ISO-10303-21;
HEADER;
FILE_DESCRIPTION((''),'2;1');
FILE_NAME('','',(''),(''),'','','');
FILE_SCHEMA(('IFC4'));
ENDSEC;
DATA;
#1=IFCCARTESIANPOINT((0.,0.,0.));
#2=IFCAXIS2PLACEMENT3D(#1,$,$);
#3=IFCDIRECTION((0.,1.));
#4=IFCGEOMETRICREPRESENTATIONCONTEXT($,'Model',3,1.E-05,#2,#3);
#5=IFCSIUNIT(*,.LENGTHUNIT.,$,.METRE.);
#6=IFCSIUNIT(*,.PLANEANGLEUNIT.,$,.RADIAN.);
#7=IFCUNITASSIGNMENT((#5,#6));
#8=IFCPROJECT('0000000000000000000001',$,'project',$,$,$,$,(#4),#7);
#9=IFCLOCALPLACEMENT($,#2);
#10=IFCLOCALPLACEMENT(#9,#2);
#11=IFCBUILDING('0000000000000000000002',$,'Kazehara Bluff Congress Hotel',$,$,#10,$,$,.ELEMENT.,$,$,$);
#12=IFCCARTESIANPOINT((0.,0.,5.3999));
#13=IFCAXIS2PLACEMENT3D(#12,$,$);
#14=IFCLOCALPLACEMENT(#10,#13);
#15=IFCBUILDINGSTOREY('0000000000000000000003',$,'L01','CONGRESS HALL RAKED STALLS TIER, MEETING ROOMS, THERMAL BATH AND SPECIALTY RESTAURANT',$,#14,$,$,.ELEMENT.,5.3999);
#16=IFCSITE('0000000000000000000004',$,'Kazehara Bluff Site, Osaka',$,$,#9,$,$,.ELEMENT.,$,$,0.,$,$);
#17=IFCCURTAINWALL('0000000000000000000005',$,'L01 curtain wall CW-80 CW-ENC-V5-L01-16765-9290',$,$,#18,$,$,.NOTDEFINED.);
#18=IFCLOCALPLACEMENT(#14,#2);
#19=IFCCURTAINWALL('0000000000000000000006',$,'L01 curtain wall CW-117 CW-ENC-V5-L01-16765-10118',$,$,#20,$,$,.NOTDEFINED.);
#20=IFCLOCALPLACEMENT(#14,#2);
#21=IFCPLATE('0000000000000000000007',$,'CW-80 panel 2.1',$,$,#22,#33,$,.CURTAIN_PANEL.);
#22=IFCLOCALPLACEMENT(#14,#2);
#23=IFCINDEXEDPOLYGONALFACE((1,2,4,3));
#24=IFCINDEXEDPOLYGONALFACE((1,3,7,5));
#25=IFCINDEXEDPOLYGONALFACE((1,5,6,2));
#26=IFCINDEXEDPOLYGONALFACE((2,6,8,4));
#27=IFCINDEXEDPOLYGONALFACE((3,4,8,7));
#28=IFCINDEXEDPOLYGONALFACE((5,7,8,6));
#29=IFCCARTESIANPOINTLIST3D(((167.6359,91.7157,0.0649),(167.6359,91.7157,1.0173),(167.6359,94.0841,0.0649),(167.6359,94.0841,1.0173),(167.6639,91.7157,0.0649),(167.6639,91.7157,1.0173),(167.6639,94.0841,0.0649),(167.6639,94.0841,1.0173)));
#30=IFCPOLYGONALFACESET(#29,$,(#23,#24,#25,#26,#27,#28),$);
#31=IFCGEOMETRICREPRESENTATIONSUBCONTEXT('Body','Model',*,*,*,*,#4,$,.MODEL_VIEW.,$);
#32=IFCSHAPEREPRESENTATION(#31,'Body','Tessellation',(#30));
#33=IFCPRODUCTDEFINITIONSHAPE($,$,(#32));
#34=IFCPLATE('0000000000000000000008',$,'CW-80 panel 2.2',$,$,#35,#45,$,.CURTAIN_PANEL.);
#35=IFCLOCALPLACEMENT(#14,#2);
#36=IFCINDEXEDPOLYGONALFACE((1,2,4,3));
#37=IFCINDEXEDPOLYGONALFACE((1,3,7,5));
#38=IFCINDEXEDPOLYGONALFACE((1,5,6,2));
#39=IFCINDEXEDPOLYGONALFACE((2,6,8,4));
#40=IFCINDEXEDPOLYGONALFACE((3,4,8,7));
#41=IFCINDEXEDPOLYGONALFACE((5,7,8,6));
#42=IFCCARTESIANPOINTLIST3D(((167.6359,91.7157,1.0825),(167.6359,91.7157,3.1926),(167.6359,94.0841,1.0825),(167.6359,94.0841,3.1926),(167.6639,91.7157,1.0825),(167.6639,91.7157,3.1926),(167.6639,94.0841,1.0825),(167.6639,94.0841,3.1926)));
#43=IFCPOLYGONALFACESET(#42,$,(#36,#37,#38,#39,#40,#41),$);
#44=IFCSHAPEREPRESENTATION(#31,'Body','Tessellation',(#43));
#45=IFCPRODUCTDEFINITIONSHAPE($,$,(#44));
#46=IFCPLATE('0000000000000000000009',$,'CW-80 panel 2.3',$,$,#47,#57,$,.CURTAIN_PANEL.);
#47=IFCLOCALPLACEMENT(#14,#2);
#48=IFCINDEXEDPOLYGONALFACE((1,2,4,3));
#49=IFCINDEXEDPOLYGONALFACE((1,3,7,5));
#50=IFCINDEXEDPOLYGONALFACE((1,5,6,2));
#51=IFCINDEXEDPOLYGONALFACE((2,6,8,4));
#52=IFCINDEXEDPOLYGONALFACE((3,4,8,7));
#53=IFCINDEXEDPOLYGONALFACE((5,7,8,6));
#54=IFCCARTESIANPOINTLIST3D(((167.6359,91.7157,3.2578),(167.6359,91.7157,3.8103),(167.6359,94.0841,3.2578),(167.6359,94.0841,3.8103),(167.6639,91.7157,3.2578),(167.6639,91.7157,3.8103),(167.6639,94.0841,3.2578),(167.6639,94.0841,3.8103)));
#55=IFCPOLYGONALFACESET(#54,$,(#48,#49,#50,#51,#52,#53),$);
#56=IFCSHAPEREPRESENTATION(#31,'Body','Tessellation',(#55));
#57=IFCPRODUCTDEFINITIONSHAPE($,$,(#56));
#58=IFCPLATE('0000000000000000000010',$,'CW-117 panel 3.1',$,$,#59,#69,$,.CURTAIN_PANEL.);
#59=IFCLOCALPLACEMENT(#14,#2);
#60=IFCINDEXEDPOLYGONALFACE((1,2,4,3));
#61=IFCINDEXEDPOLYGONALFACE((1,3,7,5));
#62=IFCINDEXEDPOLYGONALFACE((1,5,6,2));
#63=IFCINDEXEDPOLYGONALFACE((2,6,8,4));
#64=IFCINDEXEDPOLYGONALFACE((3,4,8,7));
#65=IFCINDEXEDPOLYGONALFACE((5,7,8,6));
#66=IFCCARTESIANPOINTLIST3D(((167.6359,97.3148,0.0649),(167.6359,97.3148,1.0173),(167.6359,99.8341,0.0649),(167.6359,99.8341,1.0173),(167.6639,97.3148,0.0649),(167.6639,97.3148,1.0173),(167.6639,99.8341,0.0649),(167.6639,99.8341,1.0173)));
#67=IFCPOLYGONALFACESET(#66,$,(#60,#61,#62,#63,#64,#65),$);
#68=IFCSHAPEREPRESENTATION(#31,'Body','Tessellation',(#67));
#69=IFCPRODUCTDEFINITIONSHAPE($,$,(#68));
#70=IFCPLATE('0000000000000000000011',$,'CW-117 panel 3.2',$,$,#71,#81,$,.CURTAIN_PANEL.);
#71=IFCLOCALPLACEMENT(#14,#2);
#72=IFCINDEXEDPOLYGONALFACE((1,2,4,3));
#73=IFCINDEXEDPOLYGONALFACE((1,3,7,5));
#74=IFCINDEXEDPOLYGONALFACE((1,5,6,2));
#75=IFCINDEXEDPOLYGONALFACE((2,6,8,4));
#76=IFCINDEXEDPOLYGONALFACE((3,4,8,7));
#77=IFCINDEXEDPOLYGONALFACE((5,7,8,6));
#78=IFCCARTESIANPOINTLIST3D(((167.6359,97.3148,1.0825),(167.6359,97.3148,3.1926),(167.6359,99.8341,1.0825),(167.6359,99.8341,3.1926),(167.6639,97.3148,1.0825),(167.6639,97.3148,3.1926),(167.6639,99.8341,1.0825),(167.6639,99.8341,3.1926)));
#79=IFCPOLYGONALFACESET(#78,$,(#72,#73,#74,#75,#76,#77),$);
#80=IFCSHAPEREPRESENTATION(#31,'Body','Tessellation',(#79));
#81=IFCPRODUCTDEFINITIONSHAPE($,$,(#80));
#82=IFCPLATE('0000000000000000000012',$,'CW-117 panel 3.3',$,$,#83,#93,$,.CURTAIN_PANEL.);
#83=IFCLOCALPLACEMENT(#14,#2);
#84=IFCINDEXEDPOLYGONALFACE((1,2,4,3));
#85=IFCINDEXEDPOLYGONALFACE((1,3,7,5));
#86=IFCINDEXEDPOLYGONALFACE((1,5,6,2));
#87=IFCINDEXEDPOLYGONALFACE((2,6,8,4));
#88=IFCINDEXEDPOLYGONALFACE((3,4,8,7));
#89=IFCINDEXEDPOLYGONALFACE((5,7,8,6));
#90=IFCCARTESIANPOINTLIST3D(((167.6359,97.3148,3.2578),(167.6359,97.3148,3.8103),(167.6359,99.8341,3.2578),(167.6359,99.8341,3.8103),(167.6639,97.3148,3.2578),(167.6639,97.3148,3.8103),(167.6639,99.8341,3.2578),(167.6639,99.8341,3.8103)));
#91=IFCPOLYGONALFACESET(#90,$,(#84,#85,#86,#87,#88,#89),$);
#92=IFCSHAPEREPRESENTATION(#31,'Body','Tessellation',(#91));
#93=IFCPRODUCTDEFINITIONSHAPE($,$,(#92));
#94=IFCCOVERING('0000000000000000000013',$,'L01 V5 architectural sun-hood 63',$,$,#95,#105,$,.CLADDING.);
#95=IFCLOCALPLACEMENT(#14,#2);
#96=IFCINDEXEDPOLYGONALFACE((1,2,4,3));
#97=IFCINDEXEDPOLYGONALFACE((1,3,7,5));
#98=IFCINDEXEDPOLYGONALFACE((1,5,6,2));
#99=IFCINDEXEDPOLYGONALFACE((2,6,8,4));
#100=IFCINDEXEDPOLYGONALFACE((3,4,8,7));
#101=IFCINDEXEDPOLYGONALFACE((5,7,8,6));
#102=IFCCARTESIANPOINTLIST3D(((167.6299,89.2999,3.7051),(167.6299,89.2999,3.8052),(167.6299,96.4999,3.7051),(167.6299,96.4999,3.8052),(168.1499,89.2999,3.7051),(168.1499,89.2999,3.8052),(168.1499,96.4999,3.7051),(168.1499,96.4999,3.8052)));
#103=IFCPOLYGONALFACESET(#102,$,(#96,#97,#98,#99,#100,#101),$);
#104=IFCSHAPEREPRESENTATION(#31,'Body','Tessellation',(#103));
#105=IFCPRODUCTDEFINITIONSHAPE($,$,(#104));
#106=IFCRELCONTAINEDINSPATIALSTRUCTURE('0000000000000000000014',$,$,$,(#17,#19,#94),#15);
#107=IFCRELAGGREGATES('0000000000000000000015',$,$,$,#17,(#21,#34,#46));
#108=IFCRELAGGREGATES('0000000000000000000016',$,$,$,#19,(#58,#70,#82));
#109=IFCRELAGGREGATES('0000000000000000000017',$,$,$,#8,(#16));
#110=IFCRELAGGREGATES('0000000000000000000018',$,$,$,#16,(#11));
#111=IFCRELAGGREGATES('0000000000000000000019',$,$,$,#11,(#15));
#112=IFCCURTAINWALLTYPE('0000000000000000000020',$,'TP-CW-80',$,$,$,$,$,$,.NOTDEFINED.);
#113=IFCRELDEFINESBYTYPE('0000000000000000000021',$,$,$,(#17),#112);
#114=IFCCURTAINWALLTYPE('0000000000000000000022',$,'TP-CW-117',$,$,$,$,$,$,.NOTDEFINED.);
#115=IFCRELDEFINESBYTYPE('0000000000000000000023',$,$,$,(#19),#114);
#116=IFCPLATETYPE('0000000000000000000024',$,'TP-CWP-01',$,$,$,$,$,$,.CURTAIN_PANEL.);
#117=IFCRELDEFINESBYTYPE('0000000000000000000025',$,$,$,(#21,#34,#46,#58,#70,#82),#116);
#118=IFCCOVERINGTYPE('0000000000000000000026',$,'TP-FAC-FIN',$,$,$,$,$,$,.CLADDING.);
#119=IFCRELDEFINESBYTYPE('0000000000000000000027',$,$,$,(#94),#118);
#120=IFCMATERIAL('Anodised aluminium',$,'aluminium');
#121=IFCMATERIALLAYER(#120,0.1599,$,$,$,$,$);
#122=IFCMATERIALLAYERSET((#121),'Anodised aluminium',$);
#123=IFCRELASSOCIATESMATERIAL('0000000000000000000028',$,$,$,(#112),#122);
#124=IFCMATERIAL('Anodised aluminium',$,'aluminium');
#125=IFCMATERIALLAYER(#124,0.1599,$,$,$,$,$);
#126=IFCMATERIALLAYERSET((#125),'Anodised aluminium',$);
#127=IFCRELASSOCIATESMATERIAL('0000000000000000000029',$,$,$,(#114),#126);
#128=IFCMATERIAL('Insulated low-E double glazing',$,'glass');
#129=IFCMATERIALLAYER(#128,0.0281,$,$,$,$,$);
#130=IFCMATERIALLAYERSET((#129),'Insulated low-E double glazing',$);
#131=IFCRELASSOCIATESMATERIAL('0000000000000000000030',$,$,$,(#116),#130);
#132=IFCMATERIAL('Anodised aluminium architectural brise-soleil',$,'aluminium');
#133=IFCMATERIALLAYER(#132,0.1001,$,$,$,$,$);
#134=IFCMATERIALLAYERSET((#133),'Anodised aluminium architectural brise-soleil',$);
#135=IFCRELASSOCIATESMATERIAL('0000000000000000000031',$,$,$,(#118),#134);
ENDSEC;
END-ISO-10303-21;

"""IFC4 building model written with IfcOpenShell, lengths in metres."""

from ifc_helpers import new_model, si_unit, direction, frame, origin, origin_2d, place, context, subcontext, project, spatial, rectangle, extrude, material, layer, layer_set, type_object, element, aggregate, save


model = new_model("IFC4")

# Units and contexts
model_context = context("Model", 3, precision=1e-05, world=origin(), true_north=direction((0.0, 1.0)))
body_context = subcontext(model_context, "Body", "Model", "MODEL_VIEW")
ifc_project = project(units=[si_unit("LENGTHUNIT", "METRE"), si_unit("PLANEANGLEUNIT", "RADIAN")], contexts=[model_context])

# Site, building, storey
site_placement = place(None, origin())
site = spatial("IfcSite", under=ifc_project, at=site_placement, Name="Kazehara Bluff Site, Osaka", CompositionType="ELEMENT", RefElevation=0.0)
building_placement = place(site_placement, origin())
building = spatial("IfcBuilding", under=site, at=building_placement, Name="Kazehara Bluff Congress Hotel", CompositionType="ELEMENT")
storey_placement = place(building_placement, frame((0.0, 0.0, 5.3999)))
storey = spatial("IfcBuildingStorey", under=building, at=storey_placement, Name="L01", Description="CONGRESS HALL RAKED STALLS TIER, MEETING ROOMS, THERMAL BATH AND SPECIALTY RESTAURANT", CompositionType="ELEMENT", Elevation=5.3999)

# Curtain wall
ifc_material_1 = material(Name="Anodised aluminium", Category="aluminium")
ifc_layer_1 = layer(ifc_material_1, 0.1599)
ifc_layer_set_1 = layer_set([ifc_layer_1], Name="Anodised aluminium")
curtain_wall_type_1 = type_object("IfcCurtainWallType", Name="TP-CW-80", PredefinedType="NOTDEFINED", material=ifc_layer_set_1)
curtain_wall_1_placement = place(storey_placement, origin())
curtain_wall_1 = element("IfcCurtainWall", 1, at=curtain_wall_1_placement, inside=storey, type_object=curtain_wall_type_1, Name="L01 curtain wall CW-80 CW-ENC-V5-L01-16765-9290", PredefinedType="NOTDEFINED")

# Curtain wall
ifc_material_2 = material(Name="Anodised aluminium", Category="aluminium")
ifc_layer_2 = layer(ifc_material_2, 0.1599)
ifc_layer_set_2 = layer_set([ifc_layer_2], Name="Anodised aluminium")
curtain_wall_type_2 = type_object("IfcCurtainWallType", Name="TP-CW-117", PredefinedType="NOTDEFINED", material=ifc_layer_set_2)
curtain_wall_2_placement = place(storey_placement, origin())
curtain_wall_2 = element("IfcCurtainWall", 2, at=curtain_wall_2_placement, inside=storey, type_object=curtain_wall_type_2, Name="L01 curtain wall CW-117 CW-ENC-V5-L01-16765-10118", PredefinedType="NOTDEFINED")

# Plates
ifc_material_3 = material(Name="Insulated low-E double glazing", Category="glass")
ifc_layer_3 = layer(ifc_material_3, 0.0281)
ifc_layer_set_3 = layer_set([ifc_layer_3], Name="Insulated low-E double glazing")
plate_type = type_object("IfcPlateType", Name="TP-CWP-01", PredefinedType="CURTAIN_PANEL", material=ifc_layer_set_3)
plate_1_placement = place(storey_placement, frame((167.6499, 92.8999, 0.0649), z_axis=(0.0, 0.0, 1.0), x_axis=(0.0, -1.0, 0.0)))
plate_1 = element("IfcPlate", 3, at=plate_1_placement, type_object=plate_type, Name="CW-80 panel 2.1", PredefinedType="CURTAIN_PANEL", context=body_context, shape_type="SweptSolid", body=[
    extrude(rectangle(XDim=2.3684, YDim=0.0281, at=origin_2d()), origin(), (0.0, 0.0, 1.0), 0.9524),
])
plate_2_placement = place(storey_placement, frame((167.6499, 92.8999, 1.0825), z_axis=(0.0, 0.0, 1.0), x_axis=(0.0, -1.0, 0.0)))
plate_2 = element("IfcPlate", 4, at=plate_2_placement, type_object=plate_type, Name="CW-80 panel 2.2", PredefinedType="CURTAIN_PANEL", context=body_context, shape_type="SweptSolid", body=[
    extrude(rectangle(XDim=2.3684, YDim=0.0281, at=origin_2d()), origin(), (0.0, 0.0, 1.0), 2.1101),
])
plate_3_placement = place(storey_placement, frame((167.6499, 92.8999, 3.2578), z_axis=(0.0, 0.0, 1.0), x_axis=(0.0, -1.0, 0.0)))
plate_3 = element("IfcPlate", 5, at=plate_3_placement, type_object=plate_type, Name="CW-80 panel 2.3", PredefinedType="CURTAIN_PANEL", context=body_context, shape_type="SweptSolid", body=[
    extrude(rectangle(XDim=2.3684, YDim=0.0281, at=origin_2d()), origin(), (0.0, 0.0, 1.0), 0.5525),
])
aggregate(curtain_wall_1, [plate_1, plate_2, plate_3])
plate_4_placement = place(storey_placement, frame((167.6499, 98.5745, 0.0649), z_axis=(0.0, 0.0, 1.0), x_axis=(0.0, -1.0, 0.0)))
plate_4 = element("IfcPlate", 6, at=plate_4_placement, type_object=plate_type, Name="CW-117 panel 3.1", PredefinedType="CURTAIN_PANEL", context=body_context, shape_type="SweptSolid", body=[
    extrude(rectangle(XDim=2.5193, YDim=0.0281, at=origin_2d()), origin(), (0.0, 0.0, 1.0), 0.9524),
])
plate_5_placement = place(storey_placement, frame((167.6499, 98.5745, 1.0825), z_axis=(0.0, 0.0, 1.0), x_axis=(0.0, -1.0, 0.0)))
plate_5 = element("IfcPlate", 7, at=plate_5_placement, type_object=plate_type, Name="CW-117 panel 3.2", PredefinedType="CURTAIN_PANEL", context=body_context, shape_type="SweptSolid", body=[
    extrude(rectangle(XDim=2.5193, YDim=0.0281, at=origin_2d()), origin(), (0.0, 0.0, 1.0), 2.1101),
])
plate_6_placement = place(storey_placement, frame((167.6499, 98.5745, 3.2578), z_axis=(0.0, 0.0, 1.0), x_axis=(0.0, -1.0, 0.0)))
plate_6 = element("IfcPlate", 8, at=plate_6_placement, type_object=plate_type, Name="CW-117 panel 3.3", PredefinedType="CURTAIN_PANEL", context=body_context, shape_type="SweptSolid", body=[
    extrude(rectangle(XDim=2.5193, YDim=0.0281, at=origin_2d()), origin(), (0.0, 0.0, 1.0), 0.5525),
])
aggregate(curtain_wall_2, [plate_4, plate_5, plate_6])

# Covering
ifc_material_4 = material(Name="Anodised aluminium architectural brise-soleil", Category="aluminium")
ifc_layer_4 = layer(ifc_material_4, 0.1001)
ifc_layer_set_4 = layer_set([ifc_layer_4], Name="Anodised aluminium architectural brise-soleil")
covering_type = type_object("IfcCoveringType", Name="TP-FAC-FIN", PredefinedType="CLADDING", material=ifc_layer_set_4)
covering_placement = place(storey_placement, frame((167.8899, 92.8999, 3.7051), z_axis=(0.0, 0.0, 1.0), x_axis=(1.0, 0.0, 0.0)))
element("IfcCovering", 9, at=covering_placement, inside=storey, type_object=covering_type, Name="L01 V5 architectural sun-hood 63", PredefinedType="CLADDING", context=body_context, shape_type="SweptSolid", body=[
    extrude(rectangle(XDim=0.52, YDim=7.2, at=origin_2d()), origin(), (0.0, 0.0, 1.0), 0.1001),
])

save(model, "model.ifc")
